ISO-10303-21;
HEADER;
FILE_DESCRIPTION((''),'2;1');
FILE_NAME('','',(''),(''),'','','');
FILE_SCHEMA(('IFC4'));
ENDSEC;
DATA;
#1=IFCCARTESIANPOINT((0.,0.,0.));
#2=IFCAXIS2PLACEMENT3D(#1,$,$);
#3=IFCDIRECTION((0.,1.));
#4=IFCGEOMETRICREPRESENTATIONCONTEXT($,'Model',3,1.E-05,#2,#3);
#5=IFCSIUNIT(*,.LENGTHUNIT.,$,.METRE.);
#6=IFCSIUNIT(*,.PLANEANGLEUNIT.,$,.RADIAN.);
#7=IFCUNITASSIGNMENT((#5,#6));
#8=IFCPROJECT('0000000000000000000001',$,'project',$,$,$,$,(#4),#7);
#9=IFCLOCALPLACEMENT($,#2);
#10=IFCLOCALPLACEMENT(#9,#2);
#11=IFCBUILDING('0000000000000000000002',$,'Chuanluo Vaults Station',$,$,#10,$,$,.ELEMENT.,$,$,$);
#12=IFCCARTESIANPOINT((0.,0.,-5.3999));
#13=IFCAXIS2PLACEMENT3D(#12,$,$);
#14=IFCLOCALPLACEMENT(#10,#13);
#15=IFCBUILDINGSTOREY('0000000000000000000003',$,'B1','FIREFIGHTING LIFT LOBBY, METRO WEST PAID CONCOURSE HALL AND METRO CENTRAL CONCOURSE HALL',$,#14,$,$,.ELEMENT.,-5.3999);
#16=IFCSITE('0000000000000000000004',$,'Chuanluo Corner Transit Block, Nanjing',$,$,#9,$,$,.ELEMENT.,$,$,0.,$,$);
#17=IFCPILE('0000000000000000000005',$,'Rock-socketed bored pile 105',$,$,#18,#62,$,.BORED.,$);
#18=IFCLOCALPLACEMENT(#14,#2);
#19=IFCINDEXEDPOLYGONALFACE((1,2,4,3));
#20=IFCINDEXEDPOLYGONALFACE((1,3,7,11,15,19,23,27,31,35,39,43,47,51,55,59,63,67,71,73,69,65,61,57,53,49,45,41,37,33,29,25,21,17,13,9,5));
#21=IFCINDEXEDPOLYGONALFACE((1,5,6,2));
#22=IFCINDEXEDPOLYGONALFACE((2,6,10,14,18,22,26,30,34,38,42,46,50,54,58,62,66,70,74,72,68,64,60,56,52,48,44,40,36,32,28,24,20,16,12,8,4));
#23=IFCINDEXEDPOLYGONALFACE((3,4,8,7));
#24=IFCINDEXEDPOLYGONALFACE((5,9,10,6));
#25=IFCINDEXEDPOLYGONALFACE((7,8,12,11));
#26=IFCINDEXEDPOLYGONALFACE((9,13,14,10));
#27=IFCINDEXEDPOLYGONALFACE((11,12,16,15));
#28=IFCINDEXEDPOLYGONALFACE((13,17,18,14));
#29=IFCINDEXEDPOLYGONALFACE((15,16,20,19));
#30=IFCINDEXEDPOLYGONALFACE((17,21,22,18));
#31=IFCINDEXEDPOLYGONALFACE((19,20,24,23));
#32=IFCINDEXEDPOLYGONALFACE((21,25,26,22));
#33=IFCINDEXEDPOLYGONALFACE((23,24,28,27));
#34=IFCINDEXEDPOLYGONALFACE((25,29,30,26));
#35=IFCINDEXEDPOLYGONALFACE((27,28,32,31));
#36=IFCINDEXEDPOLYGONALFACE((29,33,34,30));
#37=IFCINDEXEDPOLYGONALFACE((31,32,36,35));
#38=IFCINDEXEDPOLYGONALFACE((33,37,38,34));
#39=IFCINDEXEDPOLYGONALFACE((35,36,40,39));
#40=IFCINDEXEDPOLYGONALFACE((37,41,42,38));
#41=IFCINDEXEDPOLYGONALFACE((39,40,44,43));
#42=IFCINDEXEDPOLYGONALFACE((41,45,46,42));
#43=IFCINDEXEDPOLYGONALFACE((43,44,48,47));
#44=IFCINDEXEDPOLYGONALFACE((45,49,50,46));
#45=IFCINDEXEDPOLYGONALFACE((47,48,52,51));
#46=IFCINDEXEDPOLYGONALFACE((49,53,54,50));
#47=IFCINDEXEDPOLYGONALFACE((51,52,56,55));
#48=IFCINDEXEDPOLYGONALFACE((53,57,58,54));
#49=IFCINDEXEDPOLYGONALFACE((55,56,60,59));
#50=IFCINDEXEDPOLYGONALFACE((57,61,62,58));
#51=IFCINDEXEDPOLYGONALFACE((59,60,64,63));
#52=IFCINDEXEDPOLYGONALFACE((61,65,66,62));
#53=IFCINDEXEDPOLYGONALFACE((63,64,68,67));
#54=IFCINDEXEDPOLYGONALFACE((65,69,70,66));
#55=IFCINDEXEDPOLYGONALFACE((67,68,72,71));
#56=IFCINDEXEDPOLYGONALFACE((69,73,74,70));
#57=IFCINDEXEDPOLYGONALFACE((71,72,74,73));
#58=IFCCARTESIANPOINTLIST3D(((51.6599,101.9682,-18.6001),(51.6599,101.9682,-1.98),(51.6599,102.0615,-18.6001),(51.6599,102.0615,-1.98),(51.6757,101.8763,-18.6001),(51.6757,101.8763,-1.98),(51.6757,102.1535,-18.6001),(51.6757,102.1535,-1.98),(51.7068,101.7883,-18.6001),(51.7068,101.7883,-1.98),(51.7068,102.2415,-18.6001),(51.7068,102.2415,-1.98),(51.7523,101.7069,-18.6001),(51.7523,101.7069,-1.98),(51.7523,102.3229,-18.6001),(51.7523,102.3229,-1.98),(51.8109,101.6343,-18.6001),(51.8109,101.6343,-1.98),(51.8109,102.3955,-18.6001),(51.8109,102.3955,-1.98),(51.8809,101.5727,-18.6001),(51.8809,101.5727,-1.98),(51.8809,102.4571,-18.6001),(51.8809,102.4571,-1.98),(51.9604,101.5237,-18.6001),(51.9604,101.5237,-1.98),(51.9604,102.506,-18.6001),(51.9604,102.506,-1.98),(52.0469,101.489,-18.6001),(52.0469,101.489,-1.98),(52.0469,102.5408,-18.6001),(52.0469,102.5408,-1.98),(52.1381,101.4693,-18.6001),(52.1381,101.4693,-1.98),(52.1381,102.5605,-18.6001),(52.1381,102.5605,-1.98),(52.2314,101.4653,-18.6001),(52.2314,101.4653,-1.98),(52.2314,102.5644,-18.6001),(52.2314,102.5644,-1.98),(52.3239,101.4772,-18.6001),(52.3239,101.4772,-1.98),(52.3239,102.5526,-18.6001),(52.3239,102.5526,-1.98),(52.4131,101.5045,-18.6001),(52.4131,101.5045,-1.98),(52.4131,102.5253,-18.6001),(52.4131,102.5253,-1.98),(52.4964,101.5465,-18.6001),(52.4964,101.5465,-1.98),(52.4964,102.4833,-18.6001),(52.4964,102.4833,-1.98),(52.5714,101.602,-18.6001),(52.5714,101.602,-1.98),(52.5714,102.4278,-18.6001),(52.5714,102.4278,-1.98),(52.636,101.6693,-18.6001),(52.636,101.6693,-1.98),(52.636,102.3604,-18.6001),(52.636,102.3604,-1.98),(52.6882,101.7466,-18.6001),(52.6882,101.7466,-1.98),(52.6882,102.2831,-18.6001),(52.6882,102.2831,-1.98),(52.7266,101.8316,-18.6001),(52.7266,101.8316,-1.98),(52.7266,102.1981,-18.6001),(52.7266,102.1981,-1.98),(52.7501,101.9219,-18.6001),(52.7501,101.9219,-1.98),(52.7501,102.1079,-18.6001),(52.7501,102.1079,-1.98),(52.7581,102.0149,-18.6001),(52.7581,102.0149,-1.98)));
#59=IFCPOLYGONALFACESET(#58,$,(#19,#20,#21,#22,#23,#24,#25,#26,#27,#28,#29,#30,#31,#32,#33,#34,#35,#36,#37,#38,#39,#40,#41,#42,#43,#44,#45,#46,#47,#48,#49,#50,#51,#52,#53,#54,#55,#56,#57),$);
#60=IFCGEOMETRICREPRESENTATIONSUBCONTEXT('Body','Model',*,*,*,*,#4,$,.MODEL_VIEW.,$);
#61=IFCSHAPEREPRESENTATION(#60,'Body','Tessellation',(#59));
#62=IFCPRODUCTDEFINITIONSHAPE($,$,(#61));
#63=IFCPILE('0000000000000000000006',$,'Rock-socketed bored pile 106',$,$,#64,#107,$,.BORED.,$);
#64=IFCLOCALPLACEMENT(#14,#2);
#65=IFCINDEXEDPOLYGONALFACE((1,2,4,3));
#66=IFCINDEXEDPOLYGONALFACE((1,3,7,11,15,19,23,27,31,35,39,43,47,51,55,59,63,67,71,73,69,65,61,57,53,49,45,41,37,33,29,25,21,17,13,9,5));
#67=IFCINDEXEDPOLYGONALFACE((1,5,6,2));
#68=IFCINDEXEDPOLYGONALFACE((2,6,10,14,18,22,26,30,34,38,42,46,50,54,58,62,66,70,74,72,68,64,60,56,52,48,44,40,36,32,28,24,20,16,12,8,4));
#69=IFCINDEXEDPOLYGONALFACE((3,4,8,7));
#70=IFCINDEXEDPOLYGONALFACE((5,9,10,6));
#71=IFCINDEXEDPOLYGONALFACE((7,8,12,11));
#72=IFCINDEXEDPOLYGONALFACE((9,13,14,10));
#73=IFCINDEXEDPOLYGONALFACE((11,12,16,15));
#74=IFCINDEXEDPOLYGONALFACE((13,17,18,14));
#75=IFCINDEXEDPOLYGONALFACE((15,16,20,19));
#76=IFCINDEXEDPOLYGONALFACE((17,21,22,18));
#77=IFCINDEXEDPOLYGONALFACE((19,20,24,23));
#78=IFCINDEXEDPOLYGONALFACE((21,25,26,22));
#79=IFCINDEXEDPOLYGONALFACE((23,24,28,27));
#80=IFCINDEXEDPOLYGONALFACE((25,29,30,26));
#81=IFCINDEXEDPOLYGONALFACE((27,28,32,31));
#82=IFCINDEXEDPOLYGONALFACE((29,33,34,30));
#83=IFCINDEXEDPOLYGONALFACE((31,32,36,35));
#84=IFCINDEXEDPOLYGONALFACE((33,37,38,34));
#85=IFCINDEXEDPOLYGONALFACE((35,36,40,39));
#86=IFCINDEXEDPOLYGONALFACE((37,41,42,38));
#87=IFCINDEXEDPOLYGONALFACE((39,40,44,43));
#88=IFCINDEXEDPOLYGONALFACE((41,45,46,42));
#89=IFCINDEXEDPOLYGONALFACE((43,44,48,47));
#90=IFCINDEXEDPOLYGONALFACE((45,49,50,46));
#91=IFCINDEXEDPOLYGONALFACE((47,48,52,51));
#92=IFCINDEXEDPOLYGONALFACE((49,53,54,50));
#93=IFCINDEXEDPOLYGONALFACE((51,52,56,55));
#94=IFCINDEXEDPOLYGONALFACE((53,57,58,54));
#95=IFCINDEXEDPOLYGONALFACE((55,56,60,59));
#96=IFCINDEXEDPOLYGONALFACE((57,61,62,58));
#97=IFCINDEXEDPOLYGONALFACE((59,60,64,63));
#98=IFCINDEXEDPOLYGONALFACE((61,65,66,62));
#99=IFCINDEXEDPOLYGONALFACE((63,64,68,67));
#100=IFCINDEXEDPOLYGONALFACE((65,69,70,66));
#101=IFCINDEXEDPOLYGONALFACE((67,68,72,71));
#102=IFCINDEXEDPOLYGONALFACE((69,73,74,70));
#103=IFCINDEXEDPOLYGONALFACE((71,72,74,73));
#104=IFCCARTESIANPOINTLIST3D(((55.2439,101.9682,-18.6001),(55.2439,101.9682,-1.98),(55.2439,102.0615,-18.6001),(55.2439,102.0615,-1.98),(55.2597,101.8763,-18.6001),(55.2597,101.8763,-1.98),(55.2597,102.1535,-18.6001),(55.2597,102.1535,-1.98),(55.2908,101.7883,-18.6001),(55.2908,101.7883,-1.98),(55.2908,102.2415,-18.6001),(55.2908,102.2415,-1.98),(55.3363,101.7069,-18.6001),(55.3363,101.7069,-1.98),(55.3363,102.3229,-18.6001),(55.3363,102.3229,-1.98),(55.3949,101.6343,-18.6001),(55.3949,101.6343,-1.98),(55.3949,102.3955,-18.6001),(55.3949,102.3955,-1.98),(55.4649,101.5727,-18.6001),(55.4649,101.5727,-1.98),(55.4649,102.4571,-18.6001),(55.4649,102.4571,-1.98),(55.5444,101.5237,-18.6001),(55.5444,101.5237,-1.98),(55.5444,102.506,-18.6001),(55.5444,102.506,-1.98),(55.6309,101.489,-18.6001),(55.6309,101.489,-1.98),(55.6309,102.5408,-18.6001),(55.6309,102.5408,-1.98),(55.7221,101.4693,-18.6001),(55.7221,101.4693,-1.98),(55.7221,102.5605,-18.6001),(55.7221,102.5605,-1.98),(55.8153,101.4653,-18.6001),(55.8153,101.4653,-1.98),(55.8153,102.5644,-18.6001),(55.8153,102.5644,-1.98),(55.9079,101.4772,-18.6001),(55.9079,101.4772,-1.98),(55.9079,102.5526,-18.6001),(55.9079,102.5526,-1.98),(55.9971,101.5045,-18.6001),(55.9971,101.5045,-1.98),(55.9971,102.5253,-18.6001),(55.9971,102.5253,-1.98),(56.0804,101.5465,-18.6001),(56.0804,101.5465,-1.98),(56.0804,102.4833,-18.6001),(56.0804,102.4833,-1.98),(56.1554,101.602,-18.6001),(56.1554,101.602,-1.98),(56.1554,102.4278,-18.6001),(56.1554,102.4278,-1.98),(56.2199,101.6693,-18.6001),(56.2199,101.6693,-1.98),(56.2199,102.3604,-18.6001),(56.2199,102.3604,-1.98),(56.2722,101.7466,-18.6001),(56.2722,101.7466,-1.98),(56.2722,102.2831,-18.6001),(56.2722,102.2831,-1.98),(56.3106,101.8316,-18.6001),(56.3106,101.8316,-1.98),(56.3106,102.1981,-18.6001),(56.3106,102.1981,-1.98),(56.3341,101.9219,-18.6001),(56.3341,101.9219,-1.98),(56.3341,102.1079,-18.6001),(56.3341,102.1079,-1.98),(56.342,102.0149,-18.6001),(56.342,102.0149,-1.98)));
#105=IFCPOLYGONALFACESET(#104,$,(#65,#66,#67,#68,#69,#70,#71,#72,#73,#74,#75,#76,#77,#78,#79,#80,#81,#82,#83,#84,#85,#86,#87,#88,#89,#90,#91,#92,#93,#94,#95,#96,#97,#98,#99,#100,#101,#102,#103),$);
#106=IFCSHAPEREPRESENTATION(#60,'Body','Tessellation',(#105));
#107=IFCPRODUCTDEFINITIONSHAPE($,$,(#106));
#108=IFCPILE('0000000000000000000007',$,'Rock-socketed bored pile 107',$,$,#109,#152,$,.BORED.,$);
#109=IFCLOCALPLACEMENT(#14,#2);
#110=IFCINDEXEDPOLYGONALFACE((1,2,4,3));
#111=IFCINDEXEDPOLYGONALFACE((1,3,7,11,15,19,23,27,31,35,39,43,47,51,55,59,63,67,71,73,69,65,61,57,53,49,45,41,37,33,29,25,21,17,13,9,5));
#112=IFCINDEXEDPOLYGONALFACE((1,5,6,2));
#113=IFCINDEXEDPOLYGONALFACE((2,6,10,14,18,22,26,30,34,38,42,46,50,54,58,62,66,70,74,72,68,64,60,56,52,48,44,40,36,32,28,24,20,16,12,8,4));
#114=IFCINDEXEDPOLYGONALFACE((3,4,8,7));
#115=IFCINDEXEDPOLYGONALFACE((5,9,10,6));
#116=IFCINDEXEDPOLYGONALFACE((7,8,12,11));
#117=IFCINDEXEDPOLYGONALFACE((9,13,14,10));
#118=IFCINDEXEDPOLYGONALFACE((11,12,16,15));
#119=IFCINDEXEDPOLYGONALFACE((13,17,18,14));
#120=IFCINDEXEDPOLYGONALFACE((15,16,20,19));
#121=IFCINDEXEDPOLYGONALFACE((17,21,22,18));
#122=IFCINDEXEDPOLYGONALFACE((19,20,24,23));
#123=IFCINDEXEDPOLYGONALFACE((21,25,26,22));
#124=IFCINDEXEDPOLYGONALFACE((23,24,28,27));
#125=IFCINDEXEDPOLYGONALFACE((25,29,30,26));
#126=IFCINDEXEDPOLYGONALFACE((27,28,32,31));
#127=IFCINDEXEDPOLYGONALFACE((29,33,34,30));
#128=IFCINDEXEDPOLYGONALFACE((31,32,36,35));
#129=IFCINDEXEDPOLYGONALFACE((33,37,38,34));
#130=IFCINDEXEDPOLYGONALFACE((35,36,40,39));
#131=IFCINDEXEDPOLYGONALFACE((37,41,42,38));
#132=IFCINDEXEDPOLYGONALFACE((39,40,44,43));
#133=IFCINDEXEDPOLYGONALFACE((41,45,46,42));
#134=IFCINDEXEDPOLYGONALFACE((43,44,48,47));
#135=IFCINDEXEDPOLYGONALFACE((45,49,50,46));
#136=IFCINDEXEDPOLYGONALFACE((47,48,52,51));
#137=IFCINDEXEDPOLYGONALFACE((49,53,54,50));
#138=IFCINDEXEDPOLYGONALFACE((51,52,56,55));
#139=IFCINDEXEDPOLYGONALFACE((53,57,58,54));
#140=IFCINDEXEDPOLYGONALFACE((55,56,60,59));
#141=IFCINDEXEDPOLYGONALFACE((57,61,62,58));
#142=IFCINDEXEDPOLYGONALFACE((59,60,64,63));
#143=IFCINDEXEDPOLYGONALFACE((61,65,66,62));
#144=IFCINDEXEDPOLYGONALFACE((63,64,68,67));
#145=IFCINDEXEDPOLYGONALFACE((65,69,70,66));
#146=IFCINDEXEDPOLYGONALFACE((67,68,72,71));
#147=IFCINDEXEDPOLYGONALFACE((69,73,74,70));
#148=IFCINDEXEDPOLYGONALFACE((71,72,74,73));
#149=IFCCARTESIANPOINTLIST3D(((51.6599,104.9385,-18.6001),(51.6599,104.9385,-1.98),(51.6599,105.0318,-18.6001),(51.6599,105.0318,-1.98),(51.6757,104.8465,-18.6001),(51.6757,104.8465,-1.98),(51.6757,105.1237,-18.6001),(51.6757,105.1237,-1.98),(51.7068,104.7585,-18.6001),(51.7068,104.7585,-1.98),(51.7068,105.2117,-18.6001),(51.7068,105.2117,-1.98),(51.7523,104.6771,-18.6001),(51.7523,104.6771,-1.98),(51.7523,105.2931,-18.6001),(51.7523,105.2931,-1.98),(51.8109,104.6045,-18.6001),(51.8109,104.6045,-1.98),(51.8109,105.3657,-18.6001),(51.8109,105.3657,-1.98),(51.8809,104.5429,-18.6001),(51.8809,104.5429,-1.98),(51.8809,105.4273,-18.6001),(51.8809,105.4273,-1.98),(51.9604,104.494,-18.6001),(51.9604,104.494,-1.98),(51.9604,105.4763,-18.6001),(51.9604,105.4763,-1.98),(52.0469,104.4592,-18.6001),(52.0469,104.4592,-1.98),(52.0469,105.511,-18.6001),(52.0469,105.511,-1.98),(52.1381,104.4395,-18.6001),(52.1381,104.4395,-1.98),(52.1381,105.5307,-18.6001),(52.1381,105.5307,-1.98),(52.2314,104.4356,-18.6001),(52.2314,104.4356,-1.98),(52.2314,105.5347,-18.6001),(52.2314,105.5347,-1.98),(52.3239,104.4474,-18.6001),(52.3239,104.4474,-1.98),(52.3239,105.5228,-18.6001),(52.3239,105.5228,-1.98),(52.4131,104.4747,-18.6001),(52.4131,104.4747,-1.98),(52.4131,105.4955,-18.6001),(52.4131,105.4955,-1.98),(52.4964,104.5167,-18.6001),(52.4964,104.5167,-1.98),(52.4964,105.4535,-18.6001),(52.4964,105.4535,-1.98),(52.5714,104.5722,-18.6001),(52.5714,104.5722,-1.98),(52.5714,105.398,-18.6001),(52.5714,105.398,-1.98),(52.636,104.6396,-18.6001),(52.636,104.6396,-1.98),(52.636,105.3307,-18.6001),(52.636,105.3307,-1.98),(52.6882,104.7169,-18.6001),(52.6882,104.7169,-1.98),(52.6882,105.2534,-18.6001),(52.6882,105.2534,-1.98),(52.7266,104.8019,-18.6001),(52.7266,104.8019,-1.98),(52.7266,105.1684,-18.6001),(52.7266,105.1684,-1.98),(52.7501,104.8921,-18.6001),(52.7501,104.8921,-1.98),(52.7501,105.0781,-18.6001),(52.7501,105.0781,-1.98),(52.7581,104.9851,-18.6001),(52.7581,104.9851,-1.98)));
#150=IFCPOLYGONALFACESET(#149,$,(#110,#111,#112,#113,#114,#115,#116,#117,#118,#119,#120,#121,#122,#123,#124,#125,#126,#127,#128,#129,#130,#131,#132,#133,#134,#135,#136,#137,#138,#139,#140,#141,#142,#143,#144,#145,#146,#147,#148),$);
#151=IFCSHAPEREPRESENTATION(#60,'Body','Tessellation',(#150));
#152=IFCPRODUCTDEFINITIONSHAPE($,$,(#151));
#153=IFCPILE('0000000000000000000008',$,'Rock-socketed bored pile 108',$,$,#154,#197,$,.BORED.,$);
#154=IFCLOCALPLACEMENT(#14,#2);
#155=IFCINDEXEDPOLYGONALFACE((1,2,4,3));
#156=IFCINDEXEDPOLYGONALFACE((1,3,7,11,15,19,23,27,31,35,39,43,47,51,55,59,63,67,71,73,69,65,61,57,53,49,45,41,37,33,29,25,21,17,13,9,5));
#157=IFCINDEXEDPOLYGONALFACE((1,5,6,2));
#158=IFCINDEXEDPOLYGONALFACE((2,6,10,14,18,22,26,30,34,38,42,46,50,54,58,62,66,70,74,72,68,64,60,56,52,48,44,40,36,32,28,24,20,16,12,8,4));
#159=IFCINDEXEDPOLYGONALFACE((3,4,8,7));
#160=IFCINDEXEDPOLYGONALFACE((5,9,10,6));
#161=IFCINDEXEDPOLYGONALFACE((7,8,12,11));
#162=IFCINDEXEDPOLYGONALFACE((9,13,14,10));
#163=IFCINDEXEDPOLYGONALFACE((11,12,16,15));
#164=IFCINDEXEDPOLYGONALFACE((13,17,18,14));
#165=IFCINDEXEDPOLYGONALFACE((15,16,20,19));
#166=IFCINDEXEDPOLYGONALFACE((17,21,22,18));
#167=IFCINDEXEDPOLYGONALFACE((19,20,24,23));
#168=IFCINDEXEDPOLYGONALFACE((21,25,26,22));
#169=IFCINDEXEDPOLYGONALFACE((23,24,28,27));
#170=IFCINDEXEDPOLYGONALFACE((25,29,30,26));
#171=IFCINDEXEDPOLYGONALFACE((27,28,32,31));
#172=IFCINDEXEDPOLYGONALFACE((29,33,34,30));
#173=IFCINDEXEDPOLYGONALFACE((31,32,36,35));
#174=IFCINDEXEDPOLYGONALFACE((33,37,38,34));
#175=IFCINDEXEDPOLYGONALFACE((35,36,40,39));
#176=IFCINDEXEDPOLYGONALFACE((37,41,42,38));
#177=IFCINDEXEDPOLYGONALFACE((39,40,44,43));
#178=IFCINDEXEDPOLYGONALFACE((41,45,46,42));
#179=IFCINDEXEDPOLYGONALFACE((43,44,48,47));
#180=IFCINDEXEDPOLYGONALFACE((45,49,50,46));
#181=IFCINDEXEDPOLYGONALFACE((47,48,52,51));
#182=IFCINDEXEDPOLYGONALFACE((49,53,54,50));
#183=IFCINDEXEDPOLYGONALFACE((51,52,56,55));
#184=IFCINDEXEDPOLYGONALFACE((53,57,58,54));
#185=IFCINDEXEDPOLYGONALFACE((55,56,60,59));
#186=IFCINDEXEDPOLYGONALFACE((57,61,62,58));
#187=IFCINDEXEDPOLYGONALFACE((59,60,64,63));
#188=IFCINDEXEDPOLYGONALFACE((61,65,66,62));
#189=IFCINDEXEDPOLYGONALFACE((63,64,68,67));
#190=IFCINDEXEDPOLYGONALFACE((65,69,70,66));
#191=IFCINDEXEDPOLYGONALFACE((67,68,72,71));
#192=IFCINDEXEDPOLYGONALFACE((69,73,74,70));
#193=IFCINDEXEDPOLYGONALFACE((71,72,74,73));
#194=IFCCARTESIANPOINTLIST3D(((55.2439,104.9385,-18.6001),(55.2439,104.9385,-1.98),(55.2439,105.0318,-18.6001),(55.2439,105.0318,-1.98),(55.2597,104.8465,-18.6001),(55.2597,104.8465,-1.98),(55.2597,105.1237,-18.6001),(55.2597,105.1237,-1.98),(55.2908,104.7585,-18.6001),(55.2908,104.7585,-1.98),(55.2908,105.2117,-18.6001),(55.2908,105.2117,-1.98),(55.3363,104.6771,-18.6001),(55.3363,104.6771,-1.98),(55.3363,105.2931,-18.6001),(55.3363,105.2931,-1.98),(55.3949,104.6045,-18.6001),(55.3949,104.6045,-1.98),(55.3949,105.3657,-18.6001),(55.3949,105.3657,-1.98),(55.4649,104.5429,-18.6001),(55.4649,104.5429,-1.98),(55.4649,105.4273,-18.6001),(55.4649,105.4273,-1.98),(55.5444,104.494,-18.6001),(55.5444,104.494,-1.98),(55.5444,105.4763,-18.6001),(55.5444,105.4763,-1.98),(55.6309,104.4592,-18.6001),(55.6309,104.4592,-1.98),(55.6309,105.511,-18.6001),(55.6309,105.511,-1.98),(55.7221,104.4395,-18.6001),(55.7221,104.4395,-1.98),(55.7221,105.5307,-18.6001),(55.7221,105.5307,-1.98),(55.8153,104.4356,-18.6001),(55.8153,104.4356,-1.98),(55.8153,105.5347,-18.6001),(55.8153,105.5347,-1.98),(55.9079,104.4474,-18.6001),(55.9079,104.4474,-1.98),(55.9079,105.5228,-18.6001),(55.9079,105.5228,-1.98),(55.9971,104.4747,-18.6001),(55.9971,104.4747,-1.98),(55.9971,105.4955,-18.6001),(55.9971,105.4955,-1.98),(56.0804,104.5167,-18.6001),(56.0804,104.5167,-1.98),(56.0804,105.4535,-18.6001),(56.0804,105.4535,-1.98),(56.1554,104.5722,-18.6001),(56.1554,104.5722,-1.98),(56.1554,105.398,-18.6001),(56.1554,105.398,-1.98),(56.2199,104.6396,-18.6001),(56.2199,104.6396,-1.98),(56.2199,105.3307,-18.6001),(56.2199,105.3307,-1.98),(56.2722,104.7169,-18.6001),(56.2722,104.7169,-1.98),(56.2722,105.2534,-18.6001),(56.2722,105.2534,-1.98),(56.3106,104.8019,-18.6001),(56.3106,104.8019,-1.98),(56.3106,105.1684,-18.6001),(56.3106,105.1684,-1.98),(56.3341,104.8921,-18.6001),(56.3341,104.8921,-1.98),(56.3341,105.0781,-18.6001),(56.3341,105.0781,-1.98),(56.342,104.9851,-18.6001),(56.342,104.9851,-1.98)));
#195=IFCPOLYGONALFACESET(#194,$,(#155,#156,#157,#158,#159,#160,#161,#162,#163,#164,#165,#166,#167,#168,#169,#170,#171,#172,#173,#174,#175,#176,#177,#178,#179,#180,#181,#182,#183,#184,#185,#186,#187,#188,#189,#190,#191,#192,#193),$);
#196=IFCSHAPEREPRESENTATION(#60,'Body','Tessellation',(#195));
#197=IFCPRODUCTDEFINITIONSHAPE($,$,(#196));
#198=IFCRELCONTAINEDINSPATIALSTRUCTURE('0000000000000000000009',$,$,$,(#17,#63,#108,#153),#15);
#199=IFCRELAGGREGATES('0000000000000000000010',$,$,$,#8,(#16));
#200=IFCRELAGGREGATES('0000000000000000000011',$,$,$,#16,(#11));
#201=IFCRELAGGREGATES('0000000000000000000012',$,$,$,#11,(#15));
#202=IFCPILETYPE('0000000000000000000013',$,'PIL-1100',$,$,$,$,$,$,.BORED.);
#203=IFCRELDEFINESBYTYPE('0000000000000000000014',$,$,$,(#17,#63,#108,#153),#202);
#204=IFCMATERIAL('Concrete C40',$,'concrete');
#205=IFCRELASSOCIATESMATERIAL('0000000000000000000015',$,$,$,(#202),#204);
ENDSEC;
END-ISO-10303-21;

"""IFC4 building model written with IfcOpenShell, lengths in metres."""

from ifc_helpers import new_model, si_unit, direction, frame, origin, origin_2d, place, context, subcontext, project, spatial, circle, extrude, material, material_profile, profile_set, type_object, element, save


model = new_model("IFC4")

# Units and contexts
model_context = context("Model", 3, precision=1e-05, world=origin(), true_north=direction((0.0, 1.0)))
body_context = subcontext(model_context, "Body", "Model", "MODEL_VIEW")
ifc_project = project(units=[si_unit("LENGTHUNIT", "METRE"), si_unit("PLANEANGLEUNIT", "RADIAN")], contexts=[model_context])

# Site, building, storey
site_placement = place(None, origin())
site = spatial("IfcSite", under=ifc_project, at=site_placement, Name="Chuanluo Corner Transit Block, Nanjing", CompositionType="ELEMENT", RefElevation=0.0)
building_placement = place(site_placement, origin())
building = spatial("IfcBuilding", under=site, at=building_placement, Name="Chuanluo Vaults Station", CompositionType="ELEMENT")
storey_placement = place(building_placement, frame((0.0, 0.0, -5.3999)))
storey = spatial("IfcBuildingStorey", under=building, at=storey_placement, Name="B1", Description="FIREFIGHTING LIFT LOBBY, METRO WEST PAID CONCOURSE HALL AND METRO CENTRAL CONCOURSE HALL", CompositionType="ELEMENT", Elevation=-5.3999)

# Piles
ifc_material_1 = material(Name="Concrete C40", Category="concrete")
ifc_material_profile_1 = material_profile(ifc_material_1, circle(Radius=0.55, at=origin_2d()))
ifc_profile_set_1 = profile_set([ifc_material_profile_1], Name="Concrete C40")
pile_type_1 = type_object("IfcPileType", Name="PIL-1100", PredefinedType="BORED", material=ifc_profile_set_1)
for number, where, z_axis, x_axis, name in (
    (1, (52.208, 102.0149, -1.98), (0.0, 0.0, -1.0), (1.0, 0.0, 0.0), "Rock-socketed bored pile 105"),
    (2, (55.792, 102.0149, -1.98), (0.0, 0.0, -1.0), (1.0, 0.0, 0.0), "Rock-socketed bored pile 106"),
    (3, (52.208, 104.9851, -1.98), (0.0, 0.0, -1.0), (1.0, 0.0, 0.0), "Rock-socketed bored pile 107"),
    (4, (55.792, 104.9851, -1.98), (0.0, 0.0, -1.0), (1.0, 0.0, 0.0), "Rock-socketed bored pile 108"),
):
    element("IfcPile", number, at=place(storey_placement, frame(where, z_axis=z_axis, x_axis=x_axis)), inside=storey, type_object=pile_type_1, Name=name, PredefinedType="BORED", context=body_context, shape_type="SweptSolid", body=[
        extrude(circle(Radius=0.55, at=origin_2d()), origin(), (0.0, 0.0, 1.0), 16.6201),
    ])

save(model, "model.ifc")
